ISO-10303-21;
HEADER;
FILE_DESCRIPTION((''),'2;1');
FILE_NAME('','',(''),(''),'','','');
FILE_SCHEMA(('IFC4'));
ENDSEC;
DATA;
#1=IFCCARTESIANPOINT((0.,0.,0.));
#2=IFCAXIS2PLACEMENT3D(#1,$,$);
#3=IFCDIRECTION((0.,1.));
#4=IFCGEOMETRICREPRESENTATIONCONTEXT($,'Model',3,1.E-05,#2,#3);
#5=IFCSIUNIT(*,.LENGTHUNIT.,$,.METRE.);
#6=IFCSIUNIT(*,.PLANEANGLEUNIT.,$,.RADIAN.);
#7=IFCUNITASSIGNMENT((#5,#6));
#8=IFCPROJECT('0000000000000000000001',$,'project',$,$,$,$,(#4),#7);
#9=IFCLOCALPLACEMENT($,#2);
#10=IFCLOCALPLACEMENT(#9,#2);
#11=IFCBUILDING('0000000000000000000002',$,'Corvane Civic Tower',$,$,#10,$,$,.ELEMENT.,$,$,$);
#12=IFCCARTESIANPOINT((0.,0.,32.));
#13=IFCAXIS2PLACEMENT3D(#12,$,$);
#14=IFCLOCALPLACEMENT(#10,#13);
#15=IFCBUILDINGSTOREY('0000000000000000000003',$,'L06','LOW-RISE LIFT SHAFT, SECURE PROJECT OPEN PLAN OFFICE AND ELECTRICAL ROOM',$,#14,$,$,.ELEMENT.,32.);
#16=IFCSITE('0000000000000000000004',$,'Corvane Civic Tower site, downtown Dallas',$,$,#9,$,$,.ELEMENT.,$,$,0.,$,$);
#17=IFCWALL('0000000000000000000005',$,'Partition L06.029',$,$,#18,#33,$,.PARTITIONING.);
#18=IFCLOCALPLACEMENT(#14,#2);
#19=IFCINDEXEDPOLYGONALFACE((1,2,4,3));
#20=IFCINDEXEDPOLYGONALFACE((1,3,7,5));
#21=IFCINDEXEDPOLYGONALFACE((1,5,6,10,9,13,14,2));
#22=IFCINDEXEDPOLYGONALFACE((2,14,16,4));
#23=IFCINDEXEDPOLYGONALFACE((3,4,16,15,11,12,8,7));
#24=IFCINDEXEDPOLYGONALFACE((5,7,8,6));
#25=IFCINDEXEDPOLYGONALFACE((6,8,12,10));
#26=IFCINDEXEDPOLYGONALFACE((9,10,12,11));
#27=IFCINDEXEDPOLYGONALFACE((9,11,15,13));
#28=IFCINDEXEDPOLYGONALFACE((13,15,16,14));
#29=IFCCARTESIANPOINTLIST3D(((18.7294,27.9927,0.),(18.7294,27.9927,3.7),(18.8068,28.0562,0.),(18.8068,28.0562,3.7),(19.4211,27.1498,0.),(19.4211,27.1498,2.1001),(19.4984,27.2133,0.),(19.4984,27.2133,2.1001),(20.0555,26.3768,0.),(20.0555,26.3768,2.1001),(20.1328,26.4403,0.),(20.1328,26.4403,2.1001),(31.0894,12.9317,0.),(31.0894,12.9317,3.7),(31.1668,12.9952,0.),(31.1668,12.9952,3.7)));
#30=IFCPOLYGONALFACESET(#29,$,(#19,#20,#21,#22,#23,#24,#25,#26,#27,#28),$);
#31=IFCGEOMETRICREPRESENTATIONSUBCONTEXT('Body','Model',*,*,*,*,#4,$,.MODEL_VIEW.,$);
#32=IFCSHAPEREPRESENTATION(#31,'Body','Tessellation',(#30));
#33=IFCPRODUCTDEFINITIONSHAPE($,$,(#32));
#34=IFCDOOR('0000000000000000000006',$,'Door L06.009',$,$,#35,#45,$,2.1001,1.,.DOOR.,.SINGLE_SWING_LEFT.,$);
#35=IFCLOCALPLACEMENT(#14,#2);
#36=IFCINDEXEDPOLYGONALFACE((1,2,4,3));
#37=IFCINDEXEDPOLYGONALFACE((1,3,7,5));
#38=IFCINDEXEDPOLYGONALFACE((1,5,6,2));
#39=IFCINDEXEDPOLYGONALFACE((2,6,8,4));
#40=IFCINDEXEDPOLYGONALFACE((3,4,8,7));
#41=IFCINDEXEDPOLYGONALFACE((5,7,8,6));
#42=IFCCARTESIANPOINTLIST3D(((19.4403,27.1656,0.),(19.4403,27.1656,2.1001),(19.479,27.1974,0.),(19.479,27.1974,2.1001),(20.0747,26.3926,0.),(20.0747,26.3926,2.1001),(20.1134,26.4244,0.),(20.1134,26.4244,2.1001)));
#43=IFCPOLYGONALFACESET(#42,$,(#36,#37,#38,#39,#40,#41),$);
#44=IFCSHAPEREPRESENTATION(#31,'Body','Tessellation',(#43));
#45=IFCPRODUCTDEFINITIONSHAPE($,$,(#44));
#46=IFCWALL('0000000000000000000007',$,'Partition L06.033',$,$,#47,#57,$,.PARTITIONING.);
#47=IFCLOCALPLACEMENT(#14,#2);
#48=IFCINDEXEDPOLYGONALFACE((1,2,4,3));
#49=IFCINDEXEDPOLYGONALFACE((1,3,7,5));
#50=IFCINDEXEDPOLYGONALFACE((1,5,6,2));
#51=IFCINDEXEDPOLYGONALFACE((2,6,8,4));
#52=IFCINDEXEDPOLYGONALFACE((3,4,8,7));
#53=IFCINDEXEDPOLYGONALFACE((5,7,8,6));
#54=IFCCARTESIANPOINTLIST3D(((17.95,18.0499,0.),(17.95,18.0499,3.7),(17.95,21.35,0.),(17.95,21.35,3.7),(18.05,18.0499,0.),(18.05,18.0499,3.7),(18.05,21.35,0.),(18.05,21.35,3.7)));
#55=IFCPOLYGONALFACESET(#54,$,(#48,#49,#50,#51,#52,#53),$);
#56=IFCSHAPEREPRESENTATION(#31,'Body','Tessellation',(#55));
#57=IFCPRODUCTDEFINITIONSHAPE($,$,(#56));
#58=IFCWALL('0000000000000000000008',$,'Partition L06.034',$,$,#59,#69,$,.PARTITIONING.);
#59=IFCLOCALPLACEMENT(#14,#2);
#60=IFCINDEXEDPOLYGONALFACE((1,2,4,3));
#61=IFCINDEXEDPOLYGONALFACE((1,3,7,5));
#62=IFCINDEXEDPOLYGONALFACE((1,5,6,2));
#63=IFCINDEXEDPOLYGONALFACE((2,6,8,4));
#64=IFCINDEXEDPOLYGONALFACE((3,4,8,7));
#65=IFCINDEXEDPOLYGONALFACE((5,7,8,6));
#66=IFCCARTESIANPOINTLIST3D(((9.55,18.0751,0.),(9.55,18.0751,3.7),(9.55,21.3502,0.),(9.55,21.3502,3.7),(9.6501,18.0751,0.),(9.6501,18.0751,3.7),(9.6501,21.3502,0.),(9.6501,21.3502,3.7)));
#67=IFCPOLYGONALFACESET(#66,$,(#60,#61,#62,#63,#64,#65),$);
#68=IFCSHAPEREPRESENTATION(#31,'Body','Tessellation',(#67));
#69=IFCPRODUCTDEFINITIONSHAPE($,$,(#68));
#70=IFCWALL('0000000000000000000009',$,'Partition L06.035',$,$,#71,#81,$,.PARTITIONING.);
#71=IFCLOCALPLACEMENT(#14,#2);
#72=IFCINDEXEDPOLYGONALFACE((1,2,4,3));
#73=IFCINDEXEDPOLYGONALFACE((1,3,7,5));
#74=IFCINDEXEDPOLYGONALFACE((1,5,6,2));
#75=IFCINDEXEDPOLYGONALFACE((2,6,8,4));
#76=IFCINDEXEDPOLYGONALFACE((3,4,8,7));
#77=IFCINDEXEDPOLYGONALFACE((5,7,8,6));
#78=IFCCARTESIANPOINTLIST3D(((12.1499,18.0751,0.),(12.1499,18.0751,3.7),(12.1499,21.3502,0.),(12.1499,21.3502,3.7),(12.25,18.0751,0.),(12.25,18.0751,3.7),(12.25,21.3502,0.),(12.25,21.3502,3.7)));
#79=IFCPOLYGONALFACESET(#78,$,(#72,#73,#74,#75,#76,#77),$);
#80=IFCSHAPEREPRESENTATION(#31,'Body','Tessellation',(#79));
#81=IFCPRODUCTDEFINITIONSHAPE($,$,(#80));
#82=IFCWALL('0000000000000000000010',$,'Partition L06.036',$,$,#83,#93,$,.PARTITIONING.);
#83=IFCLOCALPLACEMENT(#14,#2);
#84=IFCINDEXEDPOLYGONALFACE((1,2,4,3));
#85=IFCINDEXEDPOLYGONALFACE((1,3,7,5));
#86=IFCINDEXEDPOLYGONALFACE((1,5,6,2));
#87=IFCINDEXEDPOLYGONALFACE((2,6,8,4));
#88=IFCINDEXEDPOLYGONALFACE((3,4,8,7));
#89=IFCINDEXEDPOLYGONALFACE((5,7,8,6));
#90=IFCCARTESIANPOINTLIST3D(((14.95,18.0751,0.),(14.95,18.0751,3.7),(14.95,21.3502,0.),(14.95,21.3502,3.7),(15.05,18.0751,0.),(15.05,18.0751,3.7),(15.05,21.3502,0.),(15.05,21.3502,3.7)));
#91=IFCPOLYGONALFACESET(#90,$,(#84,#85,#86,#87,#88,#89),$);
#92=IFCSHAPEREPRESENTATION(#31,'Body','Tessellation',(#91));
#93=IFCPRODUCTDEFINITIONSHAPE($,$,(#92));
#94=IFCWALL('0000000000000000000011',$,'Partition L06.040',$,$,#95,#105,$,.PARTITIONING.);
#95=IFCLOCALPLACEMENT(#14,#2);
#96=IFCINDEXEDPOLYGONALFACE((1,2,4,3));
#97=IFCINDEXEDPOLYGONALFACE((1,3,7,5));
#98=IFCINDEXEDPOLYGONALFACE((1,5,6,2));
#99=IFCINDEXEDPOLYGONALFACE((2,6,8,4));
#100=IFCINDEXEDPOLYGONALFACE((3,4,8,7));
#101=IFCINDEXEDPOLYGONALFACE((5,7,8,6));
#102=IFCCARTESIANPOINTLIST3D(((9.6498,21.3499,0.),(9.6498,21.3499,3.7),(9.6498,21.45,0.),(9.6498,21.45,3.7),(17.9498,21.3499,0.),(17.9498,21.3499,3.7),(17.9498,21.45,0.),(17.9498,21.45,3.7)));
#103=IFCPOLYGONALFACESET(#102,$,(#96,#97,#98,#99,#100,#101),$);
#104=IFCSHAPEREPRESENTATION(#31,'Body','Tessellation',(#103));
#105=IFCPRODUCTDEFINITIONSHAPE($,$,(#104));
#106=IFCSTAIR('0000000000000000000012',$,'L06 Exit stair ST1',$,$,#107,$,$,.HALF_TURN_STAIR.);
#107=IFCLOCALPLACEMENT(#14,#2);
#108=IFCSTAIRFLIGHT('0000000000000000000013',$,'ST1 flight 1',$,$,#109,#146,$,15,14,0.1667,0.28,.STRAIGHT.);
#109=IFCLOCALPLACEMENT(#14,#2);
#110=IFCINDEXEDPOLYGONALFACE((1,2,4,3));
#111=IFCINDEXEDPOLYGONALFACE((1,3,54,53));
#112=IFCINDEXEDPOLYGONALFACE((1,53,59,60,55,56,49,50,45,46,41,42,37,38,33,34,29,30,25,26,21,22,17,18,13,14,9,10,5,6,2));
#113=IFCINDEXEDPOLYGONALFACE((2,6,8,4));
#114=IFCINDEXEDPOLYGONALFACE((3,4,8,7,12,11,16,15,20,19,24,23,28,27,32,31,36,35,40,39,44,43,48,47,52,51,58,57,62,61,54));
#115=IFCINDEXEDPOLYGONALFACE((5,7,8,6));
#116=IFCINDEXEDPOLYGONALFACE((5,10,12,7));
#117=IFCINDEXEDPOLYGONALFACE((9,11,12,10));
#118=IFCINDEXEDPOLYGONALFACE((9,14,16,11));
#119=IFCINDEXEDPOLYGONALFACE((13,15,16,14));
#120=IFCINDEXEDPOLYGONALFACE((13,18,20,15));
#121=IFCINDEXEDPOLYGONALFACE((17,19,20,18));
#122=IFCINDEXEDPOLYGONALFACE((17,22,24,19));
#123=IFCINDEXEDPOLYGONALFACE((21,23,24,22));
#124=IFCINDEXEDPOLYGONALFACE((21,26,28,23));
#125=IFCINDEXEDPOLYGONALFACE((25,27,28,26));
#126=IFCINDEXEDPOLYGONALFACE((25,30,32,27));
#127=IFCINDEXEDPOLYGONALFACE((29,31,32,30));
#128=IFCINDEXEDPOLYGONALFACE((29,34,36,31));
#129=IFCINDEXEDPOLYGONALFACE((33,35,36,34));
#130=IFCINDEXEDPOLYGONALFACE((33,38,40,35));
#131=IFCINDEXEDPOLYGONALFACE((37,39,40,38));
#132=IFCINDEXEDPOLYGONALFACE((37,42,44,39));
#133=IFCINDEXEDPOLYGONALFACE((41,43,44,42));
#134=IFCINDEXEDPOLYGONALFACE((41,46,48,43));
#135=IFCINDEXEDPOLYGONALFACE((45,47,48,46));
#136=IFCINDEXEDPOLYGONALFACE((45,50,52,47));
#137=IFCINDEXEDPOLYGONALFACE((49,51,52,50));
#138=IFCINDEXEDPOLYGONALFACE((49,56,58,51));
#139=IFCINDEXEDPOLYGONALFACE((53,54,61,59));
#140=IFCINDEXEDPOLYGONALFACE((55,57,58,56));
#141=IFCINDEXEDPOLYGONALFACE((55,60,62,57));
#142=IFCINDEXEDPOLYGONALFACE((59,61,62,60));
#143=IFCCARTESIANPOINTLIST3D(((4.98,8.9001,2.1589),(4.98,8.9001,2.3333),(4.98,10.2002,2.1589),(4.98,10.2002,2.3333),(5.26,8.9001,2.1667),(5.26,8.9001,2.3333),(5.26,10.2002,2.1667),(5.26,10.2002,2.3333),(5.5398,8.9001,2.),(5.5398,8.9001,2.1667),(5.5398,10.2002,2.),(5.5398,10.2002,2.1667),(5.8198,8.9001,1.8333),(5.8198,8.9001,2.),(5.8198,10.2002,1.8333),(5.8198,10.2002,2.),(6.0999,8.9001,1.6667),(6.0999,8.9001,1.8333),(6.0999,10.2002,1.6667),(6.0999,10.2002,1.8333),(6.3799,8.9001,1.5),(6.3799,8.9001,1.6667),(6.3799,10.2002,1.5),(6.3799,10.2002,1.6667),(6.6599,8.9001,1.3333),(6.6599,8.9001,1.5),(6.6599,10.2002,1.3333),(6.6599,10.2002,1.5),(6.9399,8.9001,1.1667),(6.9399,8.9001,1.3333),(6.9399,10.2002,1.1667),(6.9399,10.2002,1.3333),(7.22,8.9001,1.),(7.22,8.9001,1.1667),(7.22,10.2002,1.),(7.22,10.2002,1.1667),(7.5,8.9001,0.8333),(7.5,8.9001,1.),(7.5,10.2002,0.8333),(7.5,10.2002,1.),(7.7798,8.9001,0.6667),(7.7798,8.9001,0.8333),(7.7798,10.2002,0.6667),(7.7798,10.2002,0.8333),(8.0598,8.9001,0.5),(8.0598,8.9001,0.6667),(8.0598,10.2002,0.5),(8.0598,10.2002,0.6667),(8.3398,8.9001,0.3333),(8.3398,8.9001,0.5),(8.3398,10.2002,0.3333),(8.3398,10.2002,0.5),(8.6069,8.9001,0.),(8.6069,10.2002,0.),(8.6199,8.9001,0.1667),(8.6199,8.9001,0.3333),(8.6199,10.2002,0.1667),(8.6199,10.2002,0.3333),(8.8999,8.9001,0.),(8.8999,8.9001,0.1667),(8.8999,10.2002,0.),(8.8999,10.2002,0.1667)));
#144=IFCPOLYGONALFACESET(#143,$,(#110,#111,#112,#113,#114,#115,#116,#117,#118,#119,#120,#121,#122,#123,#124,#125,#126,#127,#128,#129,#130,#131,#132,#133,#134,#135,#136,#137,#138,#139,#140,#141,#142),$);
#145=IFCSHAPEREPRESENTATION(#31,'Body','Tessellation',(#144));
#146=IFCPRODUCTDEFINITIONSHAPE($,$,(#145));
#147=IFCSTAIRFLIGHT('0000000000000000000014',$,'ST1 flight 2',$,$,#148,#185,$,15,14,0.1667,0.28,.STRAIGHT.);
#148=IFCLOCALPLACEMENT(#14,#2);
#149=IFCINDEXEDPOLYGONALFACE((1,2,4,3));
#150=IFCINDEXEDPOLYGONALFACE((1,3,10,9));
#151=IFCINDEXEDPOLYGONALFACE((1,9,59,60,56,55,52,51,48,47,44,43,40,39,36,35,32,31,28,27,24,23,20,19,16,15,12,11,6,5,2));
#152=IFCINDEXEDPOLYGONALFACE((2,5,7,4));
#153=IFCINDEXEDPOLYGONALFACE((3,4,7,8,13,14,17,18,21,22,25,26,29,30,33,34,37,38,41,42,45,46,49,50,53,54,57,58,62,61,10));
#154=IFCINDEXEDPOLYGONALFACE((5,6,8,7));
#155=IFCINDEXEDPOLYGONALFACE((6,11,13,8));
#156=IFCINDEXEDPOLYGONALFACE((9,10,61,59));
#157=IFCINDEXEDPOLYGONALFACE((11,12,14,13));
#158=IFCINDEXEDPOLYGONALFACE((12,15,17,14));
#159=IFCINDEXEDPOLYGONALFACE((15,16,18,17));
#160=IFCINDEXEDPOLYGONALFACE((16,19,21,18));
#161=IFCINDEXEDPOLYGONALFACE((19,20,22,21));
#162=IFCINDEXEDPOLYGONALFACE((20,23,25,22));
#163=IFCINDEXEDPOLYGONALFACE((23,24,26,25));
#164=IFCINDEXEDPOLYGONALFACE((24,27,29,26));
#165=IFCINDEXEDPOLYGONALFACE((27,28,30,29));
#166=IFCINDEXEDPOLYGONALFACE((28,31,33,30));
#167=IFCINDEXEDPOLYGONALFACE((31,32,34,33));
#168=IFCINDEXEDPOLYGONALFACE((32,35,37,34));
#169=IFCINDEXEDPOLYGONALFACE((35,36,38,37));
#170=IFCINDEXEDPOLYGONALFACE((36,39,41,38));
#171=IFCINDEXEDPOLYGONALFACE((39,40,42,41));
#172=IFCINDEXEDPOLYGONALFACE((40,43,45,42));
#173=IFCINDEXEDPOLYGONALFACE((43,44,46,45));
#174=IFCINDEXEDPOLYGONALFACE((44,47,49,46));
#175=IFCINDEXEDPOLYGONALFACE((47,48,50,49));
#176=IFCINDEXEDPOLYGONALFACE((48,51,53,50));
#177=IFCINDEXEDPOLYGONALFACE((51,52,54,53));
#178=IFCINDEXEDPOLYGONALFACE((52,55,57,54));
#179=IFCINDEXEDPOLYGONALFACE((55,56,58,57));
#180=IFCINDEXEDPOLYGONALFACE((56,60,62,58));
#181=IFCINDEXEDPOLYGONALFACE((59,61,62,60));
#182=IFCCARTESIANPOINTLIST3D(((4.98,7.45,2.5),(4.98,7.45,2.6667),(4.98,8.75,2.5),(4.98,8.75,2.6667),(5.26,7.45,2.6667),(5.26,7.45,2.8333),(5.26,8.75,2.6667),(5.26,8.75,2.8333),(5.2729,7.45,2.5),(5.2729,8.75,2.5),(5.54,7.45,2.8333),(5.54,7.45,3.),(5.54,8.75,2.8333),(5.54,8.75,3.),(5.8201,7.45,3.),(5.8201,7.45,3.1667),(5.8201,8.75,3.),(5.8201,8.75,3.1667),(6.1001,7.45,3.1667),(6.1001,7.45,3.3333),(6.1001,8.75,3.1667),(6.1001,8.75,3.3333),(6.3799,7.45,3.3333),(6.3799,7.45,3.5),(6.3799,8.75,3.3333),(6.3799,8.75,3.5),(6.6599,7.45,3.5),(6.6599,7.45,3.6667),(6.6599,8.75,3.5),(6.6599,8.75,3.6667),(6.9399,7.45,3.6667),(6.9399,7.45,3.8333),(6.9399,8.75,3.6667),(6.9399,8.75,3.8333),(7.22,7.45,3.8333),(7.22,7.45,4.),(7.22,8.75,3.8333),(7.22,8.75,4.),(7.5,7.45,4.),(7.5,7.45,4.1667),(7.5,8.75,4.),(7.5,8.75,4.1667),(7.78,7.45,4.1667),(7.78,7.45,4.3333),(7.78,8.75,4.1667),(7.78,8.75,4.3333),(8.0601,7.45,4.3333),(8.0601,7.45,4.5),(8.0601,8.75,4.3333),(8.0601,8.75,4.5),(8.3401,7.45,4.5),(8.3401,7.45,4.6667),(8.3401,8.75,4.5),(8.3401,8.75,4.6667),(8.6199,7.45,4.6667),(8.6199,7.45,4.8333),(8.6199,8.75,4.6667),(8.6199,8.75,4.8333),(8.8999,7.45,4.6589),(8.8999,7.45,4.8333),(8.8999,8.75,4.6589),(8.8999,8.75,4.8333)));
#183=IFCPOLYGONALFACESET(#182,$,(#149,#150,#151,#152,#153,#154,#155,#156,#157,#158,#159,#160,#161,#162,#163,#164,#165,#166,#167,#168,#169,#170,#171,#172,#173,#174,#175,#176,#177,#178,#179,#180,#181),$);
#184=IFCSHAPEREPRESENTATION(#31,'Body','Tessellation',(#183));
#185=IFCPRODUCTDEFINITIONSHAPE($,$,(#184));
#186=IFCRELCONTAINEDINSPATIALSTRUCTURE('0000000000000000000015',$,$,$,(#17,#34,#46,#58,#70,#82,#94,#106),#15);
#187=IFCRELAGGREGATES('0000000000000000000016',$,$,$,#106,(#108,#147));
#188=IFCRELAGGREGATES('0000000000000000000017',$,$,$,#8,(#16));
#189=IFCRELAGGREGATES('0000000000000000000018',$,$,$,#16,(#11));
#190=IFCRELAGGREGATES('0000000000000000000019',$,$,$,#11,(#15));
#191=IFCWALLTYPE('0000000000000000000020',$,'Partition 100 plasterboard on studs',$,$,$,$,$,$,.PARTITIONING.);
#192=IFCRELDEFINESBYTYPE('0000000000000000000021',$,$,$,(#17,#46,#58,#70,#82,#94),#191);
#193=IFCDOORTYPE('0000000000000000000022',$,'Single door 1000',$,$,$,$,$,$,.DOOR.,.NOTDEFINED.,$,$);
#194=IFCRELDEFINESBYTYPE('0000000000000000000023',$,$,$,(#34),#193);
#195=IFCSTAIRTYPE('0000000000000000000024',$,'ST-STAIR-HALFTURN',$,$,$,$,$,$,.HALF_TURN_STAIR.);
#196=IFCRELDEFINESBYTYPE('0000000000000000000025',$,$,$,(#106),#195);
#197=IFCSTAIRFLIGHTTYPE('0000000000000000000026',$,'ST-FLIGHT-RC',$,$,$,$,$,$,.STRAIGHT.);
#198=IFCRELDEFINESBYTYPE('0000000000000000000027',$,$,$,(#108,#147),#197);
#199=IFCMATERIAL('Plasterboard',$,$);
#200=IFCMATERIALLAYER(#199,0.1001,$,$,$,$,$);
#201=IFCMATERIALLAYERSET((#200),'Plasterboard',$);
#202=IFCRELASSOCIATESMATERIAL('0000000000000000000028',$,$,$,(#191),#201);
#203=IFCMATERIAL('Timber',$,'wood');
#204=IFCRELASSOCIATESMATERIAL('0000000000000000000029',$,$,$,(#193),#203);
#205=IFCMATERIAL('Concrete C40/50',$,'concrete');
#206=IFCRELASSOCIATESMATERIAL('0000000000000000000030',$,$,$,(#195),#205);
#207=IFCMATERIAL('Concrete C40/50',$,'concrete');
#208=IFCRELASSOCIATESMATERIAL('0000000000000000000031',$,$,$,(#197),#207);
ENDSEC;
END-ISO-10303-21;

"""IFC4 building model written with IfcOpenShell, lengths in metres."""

from ifc_helpers import new_model, si_unit, direction, frame, frame_2d, origin, place, context, subcontext, project, spatial, polyline, rectangle, outline, extrude, material, layer, layer_set, type_object, element, fill, aggregate, save


model = new_model("IFC4")

# Units and contexts
model_context = context("Model", 3, precision=1e-05, world=origin(), true_north=direction((0.0, 1.0)))
body_context = subcontext(model_context, "Body", "Model", "MODEL_VIEW")
ifc_project = project(units=[si_unit("LENGTHUNIT", "METRE"), si_unit("PLANEANGLEUNIT", "RADIAN")], contexts=[model_context])

# Site, building, storey
site_placement = place(None, origin())
site = spatial("IfcSite", under=ifc_project, at=site_placement, Name="Corvane Civic Tower site, downtown Dallas", CompositionType="ELEMENT", RefElevation=0.0)
building_placement = place(site_placement, origin())
building = spatial("IfcBuilding", under=site, at=building_placement, Name="Corvane Civic Tower", CompositionType="ELEMENT")
storey_placement = place(building_placement, frame((0.0, 0.0, 32.0)))
storey = spatial("IfcBuildingStorey", under=building, at=storey_placement, Name="L06", Description="LOW-RISE LIFT SHAFT, SECURE PROJECT OPEN PLAN OFFICE AND ELECTRICAL ROOM", CompositionType="ELEMENT", Elevation=32.0)

# Shared definitions
ifc_material_1 = material(Name="Plasterboard")
ifc_layer_1 = layer(ifc_material_1, 0.1001)
ifc_layer_set_1 = layer_set([ifc_layer_1], Name="Plasterboard")
wall_type_1 = type_object("IfcWallType", Name="Partition 100 plasterboard on studs", PredefinedType="PARTITIONING", material=ifc_layer_set_1)

# Wall, opening, door
wall_1_placement = place(storey_placement, frame((18.7681, 28.0244, 0.0), z_axis=(0.0, 0.0, 1.0), x_axis=(0.634388, -0.773015, 0.0)))
wall_1 = element("IfcWall", 1, at=wall_1_placement, inside=storey, type_object=wall_type_1, Name="Partition L06.029", PredefinedType="PARTITIONING", context=body_context, shape_type="SweptSolid", body=[
    extrude(rectangle(XDim=19.4834, YDim=0.1001, at=frame_2d((9.7417, 0.0))), origin(), (0.0, 0.0, 1.0), 3.7),
])
opening_1_placement = place(wall_1_placement, frame((1.0903, 0.0, 0.0)))
opening_1 = element("IfcOpeningElement", 2, at=opening_1_placement, cuts=wall_1, PredefinedType="OPENING", context=body_context, shape_type="SweptSolid", body=[
    extrude(rectangle(XDim=1.0, YDim=2.1001, at=frame_2d((0.5, 1.05))), frame((0.0, 0.0601, 0.0), z_axis=(0.0, -1.0, 0.0), x_axis=(1.0, 0.0, 0.0)), (0.0, 0.0, 1.0), 0.1201),
])
ifc_material_2 = material(Name="Timber", Category="wood")
door_type_1 = type_object("IfcDoorType", Name="Single door 1000", OperationType="NOTDEFINED", PredefinedType="DOOR", material=ifc_material_2)
door_1_placement = place(opening_1_placement, origin())
door_1 = element("IfcDoor", 3, at=door_1_placement, inside=storey, type_object=door_type_1, Name="Door L06.009", OperationType="SINGLE_SWING_LEFT", OverallHeight=2.1001, OverallWidth=1.0, PredefinedType="DOOR", context=body_context, shape_type="SweptSolid", body=[
    extrude(rectangle(XDim=1.0, YDim=2.1001, at=frame_2d((0.5, 1.05))), frame((0.0, 0.0249, 0.0), z_axis=(0.0, -1.0, 0.0), x_axis=(1.0, 0.0, 0.0)), (0.0, 0.0, 1.0), 0.05),
])
fill(opening_1, door_1)

# Walls
wall_2_placement = place(storey_placement, frame((18.0, 18.05, 0.0), z_axis=(0.0, 0.0, 1.0), x_axis=(0.0, 1.0, 0.0)))
element("IfcWall", 4, at=wall_2_placement, inside=storey, type_object=wall_type_1, Name="Partition L06.033", PredefinedType="PARTITIONING", context=body_context, shape_type="SweptSolid", body=[
    extrude(rectangle(XDim=3.3, YDim=0.1001, at=frame_2d((1.6499, 0.0))), origin(), (0.0, 0.0, 1.0), 3.7),
])
for number, where, z_axis, x_axis, name in (
    (5, (9.6001, 18.075, 0.0), (0.0, 0.0, 1.0), (0.0, 1.0, 0.0), "Partition L06.034"),
    (6, (12.2, 18.075, 0.0), (0.0, 0.0, 1.0), (0.0, 1.0, 0.0), "Partition L06.035"),
    (7, (15.0, 18.075, 0.0), (0.0, 0.0, 1.0), (0.0, 1.0, 0.0), "Partition L06.036"),
):
    element("IfcWall", number, at=place(storey_placement, frame(where, z_axis=z_axis, x_axis=x_axis)), inside=storey, type_object=wall_type_1, Name=name, PredefinedType="PARTITIONING", context=body_context, shape_type="SweptSolid", body=[
        extrude(rectangle(XDim=3.2751, YDim=0.1001, at=frame_2d((1.6377, 0.0))), origin(), (0.0, 0.0, 1.0), 3.7),
    ])
wall_3_placement = place(storey_placement, frame((9.6499, 21.3999, 0.0), z_axis=(0.0, 0.0, 1.0), x_axis=(1.0, 0.0, 0.0)))
element("IfcWall", 8, at=wall_3_placement, inside=storey, type_object=wall_type_1, Name="Partition L06.040", PredefinedType="PARTITIONING", context=body_context, shape_type="SweptSolid", body=[
    extrude(rectangle(XDim=8.3, YDim=0.1001, at=frame_2d((4.1499, 0.0))), origin(), (0.0, 0.0, 1.0), 3.7),
])

# Stair, stair flights
ifc_material_3 = material(Name="Concrete C40/50", Category="concrete")
stair_type = type_object("IfcStairType", Name="ST-STAIR-HALFTURN", PredefinedType="HALF_TURN_STAIR", material=ifc_material_3)
stair_placement = place(storey_placement, origin())
stair = element("IfcStair", 9, at=stair_placement, inside=storey, type_object=stair_type, Name="L06 Exit stair ST1", PredefinedType="HALF_TURN_STAIR")
ifc_material_4 = material(Name="Concrete C40/50", Category="concrete")
stair_flight_type = type_object("IfcStairFlightType", Name="ST-FLIGHT-RC", PredefinedType="STRAIGHT", material=ifc_material_4)
stair_flight_1_placement = place(storey_placement, frame((8.8999, 9.55, 0.0), z_axis=(0.0, 0.0, 1.0), x_axis=(-1.0, 0.0, 0.0)))
stair_flight_1 = element("IfcStairFlight", 10, at=stair_flight_1_placement, type_object=stair_flight_type, Name="ST1 flight 1", NumberOfRisers=15, NumberOfTreads=14, PredefinedType="STRAIGHT", RiserHeight=0.1667, TreadLength=0.28, context=body_context, shape_type="SweptSolid", body=[
    extrude(outline(polyline([(0.0, 0.0), (0.0, 0.1667), (0.28, 0.1667), (0.28, 0.3333), (0.5601, 0.3333), (0.5601, 0.5), (0.8401, 0.5), (0.8401, 0.6667), (1.1201, 0.6667), (1.1201, 0.8333), (1.3999, 0.8333), (1.3999, 1.0), (1.6799, 1.0), (1.6799, 1.1667), (1.96, 1.1667), (1.96, 1.3333), (2.24, 1.3333), (2.24, 1.5), (2.52, 1.5), (2.52, 1.6667), (2.8, 1.6667), (2.8, 1.8333), (3.0801, 1.8333), (3.0801, 2.0), (3.3601, 2.0), (3.3601, 2.1667), (3.6399, 2.1667), (3.6399, 2.3333), (3.9199, 2.3333), (3.9199, 2.5), (3.9199, 2.1589), (0.293, 0.0), (0.0, 0.0)])), frame((0.0, 0.6499, 0.0), z_axis=(0.0, -1.0, 0.0), x_axis=(1.0, 0.0, 0.0)), (0.0, 0.0, 1.0), 1.3),
])
stair_flight_2_placement = place(storey_placement, frame((4.98, 8.1001, 2.5), z_axis=(0.0, 0.0, 1.0), x_axis=(1.0, 0.0, 0.0)))
stair_flight_2 = element("IfcStairFlight", 11, at=stair_flight_2_placement, type_object=stair_flight_type, Name="ST1 flight 2", NumberOfRisers=15, NumberOfTreads=14, PredefinedType="STRAIGHT", RiserHeight=0.1667, TreadLength=0.28, context=body_context, shape_type="SweptSolid", body=[
    extrude(outline(polyline([(0.0, 0.0), (0.0, 0.1667), (0.28, 0.1667), (0.28, 0.3333), (0.5601, 0.3333), (0.5601, 0.5), (0.8401, 0.5), (0.8401, 0.6667), (1.1201, 0.6667), (1.1201, 0.8333), (1.3999, 0.8333), (1.3999, 1.0), (1.6799, 1.0), (1.6799, 1.1667), (1.96, 1.1667), (1.96, 1.3333), (2.24, 1.3333), (2.24, 1.5), (2.52, 1.5), (2.52, 1.6667), (2.8, 1.6667), (2.8, 1.8333), (3.0801, 1.8333), (3.0801, 2.0), (3.3601, 2.0), (3.3601, 2.1667), (3.6399, 2.1667), (3.6399, 2.3333), (3.9199, 2.3333), (3.9199, 2.5), (3.9199, 2.1589), (0.293, 0.0), (0.0, 0.0)])), frame((0.0, 0.6499, 0.0), z_axis=(0.0, -1.0, 0.0), x_axis=(1.0, 0.0, 0.0)), (0.0, 0.0, 1.0), 1.3),
])
aggregate(stair, [stair_flight_1, stair_flight_2])

save(model, "model.ifc")
